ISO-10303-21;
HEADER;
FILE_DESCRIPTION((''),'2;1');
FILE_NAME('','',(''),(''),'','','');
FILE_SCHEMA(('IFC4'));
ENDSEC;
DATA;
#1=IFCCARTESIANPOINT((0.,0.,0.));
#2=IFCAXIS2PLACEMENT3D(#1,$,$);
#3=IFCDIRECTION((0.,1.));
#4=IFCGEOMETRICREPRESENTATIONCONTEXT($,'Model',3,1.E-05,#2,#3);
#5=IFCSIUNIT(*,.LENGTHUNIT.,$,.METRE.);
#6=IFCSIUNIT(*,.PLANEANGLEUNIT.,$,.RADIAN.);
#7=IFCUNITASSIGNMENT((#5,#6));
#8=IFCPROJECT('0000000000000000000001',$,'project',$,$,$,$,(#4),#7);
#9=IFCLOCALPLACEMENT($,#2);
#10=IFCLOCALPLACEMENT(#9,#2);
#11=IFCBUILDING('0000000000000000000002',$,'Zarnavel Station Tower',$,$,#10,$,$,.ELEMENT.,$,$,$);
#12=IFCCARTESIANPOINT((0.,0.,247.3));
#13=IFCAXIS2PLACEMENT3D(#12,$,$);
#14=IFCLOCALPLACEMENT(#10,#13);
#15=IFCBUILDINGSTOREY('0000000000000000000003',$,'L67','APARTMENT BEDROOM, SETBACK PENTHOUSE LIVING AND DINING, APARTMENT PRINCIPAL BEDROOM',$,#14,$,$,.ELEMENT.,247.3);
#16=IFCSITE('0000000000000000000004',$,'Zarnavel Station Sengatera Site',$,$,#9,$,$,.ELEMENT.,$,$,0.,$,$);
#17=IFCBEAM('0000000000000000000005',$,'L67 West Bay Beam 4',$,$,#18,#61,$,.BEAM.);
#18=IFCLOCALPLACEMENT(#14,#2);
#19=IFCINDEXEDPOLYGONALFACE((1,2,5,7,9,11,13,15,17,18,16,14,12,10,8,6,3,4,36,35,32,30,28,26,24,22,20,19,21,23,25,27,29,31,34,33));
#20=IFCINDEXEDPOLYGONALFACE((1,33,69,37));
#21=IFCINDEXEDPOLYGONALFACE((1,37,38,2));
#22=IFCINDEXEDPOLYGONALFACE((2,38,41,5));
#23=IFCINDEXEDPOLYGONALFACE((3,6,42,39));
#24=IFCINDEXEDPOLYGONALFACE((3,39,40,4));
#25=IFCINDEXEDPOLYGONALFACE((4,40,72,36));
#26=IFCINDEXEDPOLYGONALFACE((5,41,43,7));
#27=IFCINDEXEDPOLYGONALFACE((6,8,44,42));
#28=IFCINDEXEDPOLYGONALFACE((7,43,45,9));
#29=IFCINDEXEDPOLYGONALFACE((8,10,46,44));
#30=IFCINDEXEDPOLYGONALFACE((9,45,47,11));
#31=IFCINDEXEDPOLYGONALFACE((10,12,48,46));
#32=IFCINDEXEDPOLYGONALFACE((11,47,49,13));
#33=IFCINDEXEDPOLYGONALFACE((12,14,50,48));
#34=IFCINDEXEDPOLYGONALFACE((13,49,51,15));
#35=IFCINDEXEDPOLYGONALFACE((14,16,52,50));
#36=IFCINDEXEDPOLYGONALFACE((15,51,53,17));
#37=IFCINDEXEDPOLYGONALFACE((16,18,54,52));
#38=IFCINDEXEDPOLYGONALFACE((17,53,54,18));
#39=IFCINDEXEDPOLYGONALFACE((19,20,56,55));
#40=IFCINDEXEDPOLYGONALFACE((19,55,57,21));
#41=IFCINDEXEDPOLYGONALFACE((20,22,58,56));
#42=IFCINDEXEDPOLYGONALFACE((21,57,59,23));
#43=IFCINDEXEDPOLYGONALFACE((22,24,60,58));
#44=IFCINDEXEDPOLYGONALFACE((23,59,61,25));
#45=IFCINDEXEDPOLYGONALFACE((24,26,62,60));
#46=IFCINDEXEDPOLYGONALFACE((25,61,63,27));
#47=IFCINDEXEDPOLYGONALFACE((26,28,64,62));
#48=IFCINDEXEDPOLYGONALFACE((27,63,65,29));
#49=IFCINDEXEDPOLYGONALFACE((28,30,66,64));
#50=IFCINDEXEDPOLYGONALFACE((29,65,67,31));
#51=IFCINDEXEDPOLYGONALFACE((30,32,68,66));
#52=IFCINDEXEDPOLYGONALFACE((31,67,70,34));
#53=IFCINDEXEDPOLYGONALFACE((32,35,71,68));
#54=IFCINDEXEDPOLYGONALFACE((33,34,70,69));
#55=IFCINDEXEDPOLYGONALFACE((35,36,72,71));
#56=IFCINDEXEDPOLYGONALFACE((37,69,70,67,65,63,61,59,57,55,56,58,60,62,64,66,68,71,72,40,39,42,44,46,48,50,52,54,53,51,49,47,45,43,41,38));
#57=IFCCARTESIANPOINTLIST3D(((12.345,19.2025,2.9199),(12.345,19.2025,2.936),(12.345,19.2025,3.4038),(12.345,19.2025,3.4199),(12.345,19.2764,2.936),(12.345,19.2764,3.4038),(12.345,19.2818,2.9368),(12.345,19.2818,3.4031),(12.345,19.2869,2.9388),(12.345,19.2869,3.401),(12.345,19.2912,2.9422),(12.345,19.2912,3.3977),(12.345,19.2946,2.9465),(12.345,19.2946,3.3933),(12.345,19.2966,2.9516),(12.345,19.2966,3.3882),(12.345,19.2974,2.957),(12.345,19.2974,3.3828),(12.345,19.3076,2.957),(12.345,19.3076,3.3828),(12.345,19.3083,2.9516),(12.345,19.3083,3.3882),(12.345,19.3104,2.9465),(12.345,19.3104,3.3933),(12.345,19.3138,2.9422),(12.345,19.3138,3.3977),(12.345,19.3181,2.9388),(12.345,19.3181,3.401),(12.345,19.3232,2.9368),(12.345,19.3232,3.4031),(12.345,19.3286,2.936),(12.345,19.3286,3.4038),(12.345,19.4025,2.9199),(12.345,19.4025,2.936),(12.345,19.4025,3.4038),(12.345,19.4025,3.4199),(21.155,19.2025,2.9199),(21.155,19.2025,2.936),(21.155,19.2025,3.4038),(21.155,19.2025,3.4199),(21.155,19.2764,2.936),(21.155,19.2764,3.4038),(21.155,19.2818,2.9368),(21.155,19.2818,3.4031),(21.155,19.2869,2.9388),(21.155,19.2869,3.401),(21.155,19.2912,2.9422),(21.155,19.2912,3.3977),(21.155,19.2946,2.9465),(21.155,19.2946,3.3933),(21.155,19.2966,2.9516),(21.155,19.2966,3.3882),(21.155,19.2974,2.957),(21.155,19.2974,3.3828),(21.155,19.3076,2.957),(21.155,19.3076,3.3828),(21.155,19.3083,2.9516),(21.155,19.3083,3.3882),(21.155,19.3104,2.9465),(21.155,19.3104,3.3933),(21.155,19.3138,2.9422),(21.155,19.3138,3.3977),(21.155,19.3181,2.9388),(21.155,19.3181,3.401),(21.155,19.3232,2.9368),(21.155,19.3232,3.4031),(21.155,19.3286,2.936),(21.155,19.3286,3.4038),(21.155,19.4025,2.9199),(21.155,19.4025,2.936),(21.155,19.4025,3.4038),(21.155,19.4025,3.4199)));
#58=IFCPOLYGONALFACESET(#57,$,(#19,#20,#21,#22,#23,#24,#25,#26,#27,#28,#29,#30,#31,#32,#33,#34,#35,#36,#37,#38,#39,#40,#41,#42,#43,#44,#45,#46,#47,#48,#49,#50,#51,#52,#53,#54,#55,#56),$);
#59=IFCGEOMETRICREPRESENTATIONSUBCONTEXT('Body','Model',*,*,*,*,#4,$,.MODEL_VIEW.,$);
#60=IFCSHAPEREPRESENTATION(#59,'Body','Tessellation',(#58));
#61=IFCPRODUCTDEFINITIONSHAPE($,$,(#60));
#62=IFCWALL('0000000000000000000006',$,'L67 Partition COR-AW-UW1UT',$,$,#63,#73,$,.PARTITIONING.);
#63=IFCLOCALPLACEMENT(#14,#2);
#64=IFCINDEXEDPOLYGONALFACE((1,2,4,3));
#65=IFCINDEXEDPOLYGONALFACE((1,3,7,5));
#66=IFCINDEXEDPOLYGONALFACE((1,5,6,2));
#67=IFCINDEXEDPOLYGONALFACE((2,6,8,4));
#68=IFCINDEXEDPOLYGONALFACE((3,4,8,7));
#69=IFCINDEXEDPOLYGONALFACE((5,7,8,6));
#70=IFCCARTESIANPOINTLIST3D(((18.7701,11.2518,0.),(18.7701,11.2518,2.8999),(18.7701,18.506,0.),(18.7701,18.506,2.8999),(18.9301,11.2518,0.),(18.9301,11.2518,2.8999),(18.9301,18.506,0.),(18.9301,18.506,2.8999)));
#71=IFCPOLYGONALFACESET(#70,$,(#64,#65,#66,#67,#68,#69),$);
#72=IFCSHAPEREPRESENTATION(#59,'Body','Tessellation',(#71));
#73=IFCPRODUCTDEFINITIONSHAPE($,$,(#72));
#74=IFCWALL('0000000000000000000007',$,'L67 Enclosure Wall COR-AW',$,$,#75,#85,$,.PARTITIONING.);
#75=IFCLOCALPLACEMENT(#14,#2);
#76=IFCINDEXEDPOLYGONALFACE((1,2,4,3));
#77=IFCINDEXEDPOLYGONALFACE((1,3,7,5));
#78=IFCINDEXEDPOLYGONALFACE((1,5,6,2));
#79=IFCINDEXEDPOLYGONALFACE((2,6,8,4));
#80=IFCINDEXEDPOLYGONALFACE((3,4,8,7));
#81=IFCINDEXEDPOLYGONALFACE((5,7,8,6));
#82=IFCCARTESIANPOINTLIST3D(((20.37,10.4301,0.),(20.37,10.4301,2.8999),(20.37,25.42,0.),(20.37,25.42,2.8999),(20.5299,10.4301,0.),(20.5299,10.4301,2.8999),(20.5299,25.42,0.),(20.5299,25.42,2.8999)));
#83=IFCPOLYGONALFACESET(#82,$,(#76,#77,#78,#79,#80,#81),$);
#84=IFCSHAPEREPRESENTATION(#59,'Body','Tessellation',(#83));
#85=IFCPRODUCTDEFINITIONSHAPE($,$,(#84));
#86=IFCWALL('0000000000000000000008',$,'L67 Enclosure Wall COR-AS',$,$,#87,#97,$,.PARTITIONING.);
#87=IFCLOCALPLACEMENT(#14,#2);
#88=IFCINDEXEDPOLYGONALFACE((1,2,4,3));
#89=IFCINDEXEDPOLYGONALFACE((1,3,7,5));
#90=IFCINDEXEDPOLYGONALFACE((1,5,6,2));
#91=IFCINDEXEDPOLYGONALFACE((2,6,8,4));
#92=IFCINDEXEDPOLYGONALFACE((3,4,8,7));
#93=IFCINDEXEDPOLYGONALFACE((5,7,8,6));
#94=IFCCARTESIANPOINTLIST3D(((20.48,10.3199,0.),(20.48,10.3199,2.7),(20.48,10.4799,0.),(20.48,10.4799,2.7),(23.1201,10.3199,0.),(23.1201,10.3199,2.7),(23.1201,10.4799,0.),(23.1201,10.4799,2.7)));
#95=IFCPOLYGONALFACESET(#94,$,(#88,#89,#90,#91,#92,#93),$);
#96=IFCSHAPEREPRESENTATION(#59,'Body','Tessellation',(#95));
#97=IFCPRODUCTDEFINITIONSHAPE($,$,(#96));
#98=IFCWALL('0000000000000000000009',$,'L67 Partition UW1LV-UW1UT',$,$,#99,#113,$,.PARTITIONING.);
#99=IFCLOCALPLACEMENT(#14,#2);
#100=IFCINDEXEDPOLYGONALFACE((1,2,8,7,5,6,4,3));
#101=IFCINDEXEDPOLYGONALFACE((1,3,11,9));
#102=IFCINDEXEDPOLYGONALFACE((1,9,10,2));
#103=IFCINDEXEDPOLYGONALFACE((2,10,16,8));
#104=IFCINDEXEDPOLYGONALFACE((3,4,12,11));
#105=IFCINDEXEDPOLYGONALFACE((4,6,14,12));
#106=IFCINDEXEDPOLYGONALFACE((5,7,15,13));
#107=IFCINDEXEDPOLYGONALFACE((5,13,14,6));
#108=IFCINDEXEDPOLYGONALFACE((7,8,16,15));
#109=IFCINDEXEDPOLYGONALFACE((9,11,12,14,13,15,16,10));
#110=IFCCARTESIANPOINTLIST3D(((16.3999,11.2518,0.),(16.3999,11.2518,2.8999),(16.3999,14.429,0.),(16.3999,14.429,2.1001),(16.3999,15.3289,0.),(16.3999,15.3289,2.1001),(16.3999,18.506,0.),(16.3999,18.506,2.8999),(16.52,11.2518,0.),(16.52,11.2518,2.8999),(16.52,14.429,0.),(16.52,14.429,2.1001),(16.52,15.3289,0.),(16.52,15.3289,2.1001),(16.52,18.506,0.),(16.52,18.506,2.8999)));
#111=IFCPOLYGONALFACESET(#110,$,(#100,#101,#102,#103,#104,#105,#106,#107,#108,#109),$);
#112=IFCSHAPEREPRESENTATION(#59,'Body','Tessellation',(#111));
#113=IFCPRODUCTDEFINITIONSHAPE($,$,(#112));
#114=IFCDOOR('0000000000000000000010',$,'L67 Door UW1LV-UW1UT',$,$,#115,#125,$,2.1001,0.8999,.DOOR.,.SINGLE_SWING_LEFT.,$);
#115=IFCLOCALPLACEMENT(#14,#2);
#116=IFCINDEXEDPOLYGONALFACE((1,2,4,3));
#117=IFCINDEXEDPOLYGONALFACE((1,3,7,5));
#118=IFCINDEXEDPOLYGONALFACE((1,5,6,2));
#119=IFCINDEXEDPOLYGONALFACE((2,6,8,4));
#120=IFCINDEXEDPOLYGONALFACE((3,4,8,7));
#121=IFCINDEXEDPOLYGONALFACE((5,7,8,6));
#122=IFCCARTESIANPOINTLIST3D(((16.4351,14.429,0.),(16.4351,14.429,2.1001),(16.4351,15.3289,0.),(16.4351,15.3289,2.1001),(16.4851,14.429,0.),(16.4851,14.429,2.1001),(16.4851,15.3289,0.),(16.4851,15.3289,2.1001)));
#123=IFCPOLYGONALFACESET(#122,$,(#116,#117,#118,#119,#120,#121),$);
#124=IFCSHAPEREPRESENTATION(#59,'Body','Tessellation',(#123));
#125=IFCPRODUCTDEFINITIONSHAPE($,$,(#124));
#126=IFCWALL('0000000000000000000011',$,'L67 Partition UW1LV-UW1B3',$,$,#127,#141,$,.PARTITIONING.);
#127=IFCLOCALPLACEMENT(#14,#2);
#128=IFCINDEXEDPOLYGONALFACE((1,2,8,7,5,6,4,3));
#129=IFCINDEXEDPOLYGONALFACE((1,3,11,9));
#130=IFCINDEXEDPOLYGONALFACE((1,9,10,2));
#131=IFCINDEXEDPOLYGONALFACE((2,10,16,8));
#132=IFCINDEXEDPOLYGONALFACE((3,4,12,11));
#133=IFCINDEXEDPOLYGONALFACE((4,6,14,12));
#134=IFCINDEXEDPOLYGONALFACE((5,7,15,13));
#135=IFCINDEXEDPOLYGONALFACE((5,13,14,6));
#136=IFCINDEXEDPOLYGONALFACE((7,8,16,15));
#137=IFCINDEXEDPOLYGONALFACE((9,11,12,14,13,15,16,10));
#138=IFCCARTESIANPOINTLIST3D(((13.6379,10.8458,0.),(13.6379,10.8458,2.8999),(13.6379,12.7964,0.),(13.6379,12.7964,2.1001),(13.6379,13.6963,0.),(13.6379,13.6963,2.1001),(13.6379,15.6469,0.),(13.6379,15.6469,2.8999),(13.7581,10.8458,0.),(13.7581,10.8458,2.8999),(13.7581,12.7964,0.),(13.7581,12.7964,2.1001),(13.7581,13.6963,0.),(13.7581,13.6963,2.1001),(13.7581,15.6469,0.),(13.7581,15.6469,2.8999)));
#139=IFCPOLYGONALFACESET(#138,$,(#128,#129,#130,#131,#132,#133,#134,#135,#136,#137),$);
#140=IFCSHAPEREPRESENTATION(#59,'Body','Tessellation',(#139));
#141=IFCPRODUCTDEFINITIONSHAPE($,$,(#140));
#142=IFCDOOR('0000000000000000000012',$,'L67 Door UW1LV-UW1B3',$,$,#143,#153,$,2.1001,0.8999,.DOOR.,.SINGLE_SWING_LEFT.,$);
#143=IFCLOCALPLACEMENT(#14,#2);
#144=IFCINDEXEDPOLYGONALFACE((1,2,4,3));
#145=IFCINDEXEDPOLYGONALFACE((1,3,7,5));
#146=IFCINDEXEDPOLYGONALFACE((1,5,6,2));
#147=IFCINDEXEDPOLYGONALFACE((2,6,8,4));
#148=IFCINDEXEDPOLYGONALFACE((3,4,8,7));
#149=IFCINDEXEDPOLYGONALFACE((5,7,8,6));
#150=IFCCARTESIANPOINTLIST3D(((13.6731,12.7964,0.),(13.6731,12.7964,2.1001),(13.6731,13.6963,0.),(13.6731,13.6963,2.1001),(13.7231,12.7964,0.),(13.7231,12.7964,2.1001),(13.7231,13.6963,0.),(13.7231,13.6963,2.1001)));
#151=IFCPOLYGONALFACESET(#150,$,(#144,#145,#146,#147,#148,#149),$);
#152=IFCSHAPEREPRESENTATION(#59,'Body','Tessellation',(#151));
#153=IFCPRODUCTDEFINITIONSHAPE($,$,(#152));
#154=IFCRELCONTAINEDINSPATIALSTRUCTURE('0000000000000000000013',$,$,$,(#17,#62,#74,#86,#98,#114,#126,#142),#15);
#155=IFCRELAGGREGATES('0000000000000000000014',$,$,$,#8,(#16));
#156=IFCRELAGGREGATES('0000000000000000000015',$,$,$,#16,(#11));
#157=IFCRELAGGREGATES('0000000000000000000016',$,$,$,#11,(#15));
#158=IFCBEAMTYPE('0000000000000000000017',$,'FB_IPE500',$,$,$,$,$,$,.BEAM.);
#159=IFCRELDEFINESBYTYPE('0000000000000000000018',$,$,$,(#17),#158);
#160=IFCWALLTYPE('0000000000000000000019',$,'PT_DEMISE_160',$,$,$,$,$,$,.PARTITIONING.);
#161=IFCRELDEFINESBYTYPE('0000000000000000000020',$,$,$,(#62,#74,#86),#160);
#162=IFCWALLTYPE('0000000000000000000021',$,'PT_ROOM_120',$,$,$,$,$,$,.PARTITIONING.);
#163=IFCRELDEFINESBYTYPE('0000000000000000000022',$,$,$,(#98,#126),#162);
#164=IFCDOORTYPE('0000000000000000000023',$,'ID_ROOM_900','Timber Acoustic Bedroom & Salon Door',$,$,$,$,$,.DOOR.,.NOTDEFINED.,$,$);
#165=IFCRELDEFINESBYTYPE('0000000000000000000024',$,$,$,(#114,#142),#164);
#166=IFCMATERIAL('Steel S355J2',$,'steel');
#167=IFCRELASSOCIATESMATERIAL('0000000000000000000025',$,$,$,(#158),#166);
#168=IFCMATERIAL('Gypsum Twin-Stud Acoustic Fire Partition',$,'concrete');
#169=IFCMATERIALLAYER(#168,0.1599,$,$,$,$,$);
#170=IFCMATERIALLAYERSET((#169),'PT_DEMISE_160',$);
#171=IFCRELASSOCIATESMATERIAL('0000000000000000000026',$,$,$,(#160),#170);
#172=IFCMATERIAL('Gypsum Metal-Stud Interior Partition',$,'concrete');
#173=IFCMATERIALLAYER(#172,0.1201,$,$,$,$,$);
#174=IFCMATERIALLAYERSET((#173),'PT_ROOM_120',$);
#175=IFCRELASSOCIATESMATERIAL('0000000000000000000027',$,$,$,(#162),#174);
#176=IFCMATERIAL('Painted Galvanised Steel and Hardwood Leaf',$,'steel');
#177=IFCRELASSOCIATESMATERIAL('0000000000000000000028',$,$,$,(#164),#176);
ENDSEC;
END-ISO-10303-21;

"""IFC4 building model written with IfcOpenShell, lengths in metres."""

from ifc_helpers import new_model, si_unit, direction, frame, frame_2d, origin, origin_2d, place, context, subcontext, project, spatial, rectangle, i_section, extrude, material, layer, layer_set, material_profile, profile_set, type_object, element, fill, save


model = new_model("IFC4")

# Units and contexts
model_context = context("Model", 3, precision=1e-05, world=origin(), true_north=direction((0.0, 1.0)))
body_context = subcontext(model_context, "Body", "Model", "MODEL_VIEW")
ifc_project = project(units=[si_unit("LENGTHUNIT", "METRE"), si_unit("PLANEANGLEUNIT", "RADIAN")], contexts=[model_context])

# Site, building, storey
site_placement = place(None, origin())
site = spatial("IfcSite", under=ifc_project, at=site_placement, Name="Zarnavel Station Sengatera Site", CompositionType="ELEMENT", RefElevation=0.0)
building_placement = place(site_placement, origin())
building = spatial("IfcBuilding", under=site, at=building_placement, Name="Zarnavel Station Tower", CompositionType="ELEMENT")
storey_placement = place(building_placement, frame((0.0, 0.0, 247.3)))
storey = spatial("IfcBuildingStorey", under=building, at=storey_placement, Name="L67", Description="APARTMENT BEDROOM, SETBACK PENTHOUSE LIVING AND DINING, APARTMENT PRINCIPAL BEDROOM", CompositionType="ELEMENT", Elevation=247.3)

# Beam
ifc_material_1 = material(Name="Steel S355J2", Category="steel")
ifc_material_profile_1 = material_profile(ifc_material_1, i_section(OverallWidth=0.2, OverallDepth=0.5, WebThickness=0.0103, FlangeThickness=0.0161, FilletRadius=0.021, at=origin_2d()), Name="IPE500")
ifc_profile_set_1 = profile_set([ifc_material_profile_1], Name="Steel S355J2")
beam_type_1 = type_object("IfcBeamType", Name="FB_IPE500", PredefinedType="BEAM", material=ifc_profile_set_1)
for number, where, z_axis, x_axis, name in (
    (1, (12.345, 19.3025, 3.1699), (1.0, 0.0, 0.0), (0.0, 1.0, 0.0), "L67 West Bay Beam 4"),
):
    element("IfcBeam", number, at=place(storey_placement, frame(where, z_axis=z_axis, x_axis=x_axis)), inside=storey, type_object=beam_type_1, Name=name, PredefinedType="BEAM", context=body_context, shape_type="SweptSolid", body=[
        extrude(i_section(OverallWidth=0.2, OverallDepth=0.5, WebThickness=0.0103, FlangeThickness=0.0161, FilletRadius=0.021, at=origin_2d()), origin(), (0.0, 0.0, 1.0), 8.8101),
    ])

# Walls
ifc_material_2 = material(Name="Gypsum Twin-Stud Acoustic Fire Partition", Category="concrete")
ifc_layer_1 = layer(ifc_material_2, 0.1599)
ifc_layer_set_1 = layer_set([ifc_layer_1], Name="PT_DEMISE_160")
wall_type_1 = type_object("IfcWallType", Name="PT_DEMISE_160", PredefinedType="PARTITIONING", material=ifc_layer_set_1)
wall_1_placement = place(storey_placement, frame((18.8501, 11.252, 0.0), z_axis=(0.0, 0.0, 1.0), x_axis=(0.0, 1.0, 0.0)))
element("IfcWall", 2, at=wall_1_placement, inside=storey, type_object=wall_type_1, Name="L67 Partition COR-AW-UW1UT", PredefinedType="PARTITIONING", context=body_context, shape_type="SweptSolid", body=[
    extrude(rectangle(XDim=7.2542, YDim=0.1599, at=frame_2d((3.627, 0.0))), origin(), (0.0, 0.0, 1.0), 2.8999),
])
wall_2_placement = place(storey_placement, frame((20.45, 10.4299, 0.0), z_axis=(0.0, 0.0, 1.0), x_axis=(0.0, 1.0, 0.0)))
element("IfcWall", 3, at=wall_2_placement, inside=storey, type_object=wall_type_1, Name="L67 Enclosure Wall COR-AW", PredefinedType="PARTITIONING", context=body_context, shape_type="SweptSolid", body=[
    extrude(rectangle(XDim=14.99, YDim=0.1599, at=frame_2d((7.4951, 0.0))), origin(), (0.0, 0.0, 1.0), 2.8999),
])
wall_3_placement = place(storey_placement, frame((20.48, 10.3999, 0.0), z_axis=(0.0, 0.0, 1.0), x_axis=(1.0, 0.0, 0.0)))
element("IfcWall", 4, at=wall_3_placement, inside=storey, type_object=wall_type_1, Name="L67 Enclosure Wall COR-AS", PredefinedType="PARTITIONING", context=body_context, shape_type="SweptSolid", body=[
    extrude(rectangle(XDim=2.6401, YDim=0.1599, at=frame_2d((1.3201, 0.0))), origin(), (0.0, 0.0, 1.0), 2.7),
])

# Walls, openings, doors
ifc_material_3 = material(Name="Gypsum Metal-Stud Interior Partition", Category="concrete")
ifc_layer_2 = layer(ifc_material_3, 0.1201)
ifc_layer_set_2 = layer_set([ifc_layer_2], Name="PT_ROOM_120")
wall_type_2 = type_object("IfcWallType", Name="PT_ROOM_120", PredefinedType="PARTITIONING", material=ifc_layer_set_2)
wall_4_placement = place(storey_placement, frame((16.46, 11.252, 0.0), z_axis=(0.0, 0.0, 1.0), x_axis=(0.0, 1.0, 0.0)))
wall_4 = element("IfcWall", 5, at=wall_4_placement, inside=storey, type_object=wall_type_2, Name="L67 Partition UW1LV-UW1UT", PredefinedType="PARTITIONING", context=body_context, shape_type="SweptSolid", body=[
    extrude(rectangle(XDim=7.2542, YDim=0.1201, at=frame_2d((3.627, 0.0))), origin(), (0.0, 0.0, 1.0), 2.8999),
])
opening_1_placement = place(wall_4_placement, frame((3.177, 0.0, 0.0)))
opening_1 = element("IfcOpeningElement", 6, at=opening_1_placement, cuts=wall_4, PredefinedType="OPENING", context=body_context, shape_type="SweptSolid", body=[
    extrude(rectangle(XDim=0.8999, YDim=2.1001, at=frame_2d((0.45, 1.05))), frame((0.0, 0.0701, 0.0), z_axis=(0.0, -1.0, 0.0), x_axis=(1.0, 0.0, 0.0)), (0.0, 0.0, 1.0), 0.1401),
])
ifc_material_4 = material(Name="Painted Galvanised Steel and Hardwood Leaf", Category="steel")
door_type_1 = type_object("IfcDoorType", Name="ID_ROOM_900", Description="Timber Acoustic Bedroom & Salon Door", OperationType="NOTDEFINED", PredefinedType="DOOR", material=ifc_material_4)
door_1_placement = place(opening_1_placement, origin())
door_1 = element("IfcDoor", 7, at=door_1_placement, inside=storey, type_object=door_type_1, Name="L67 Door UW1LV-UW1UT", OperationType="SINGLE_SWING_LEFT", OverallHeight=2.1001, OverallWidth=0.8999, PredefinedType="DOOR", context=body_context, shape_type="SweptSolid", body=[
    extrude(rectangle(XDim=0.8999, YDim=2.1001, at=frame_2d((0.45, 1.05))), frame((0.0, 0.0249, 0.0), z_axis=(0.0, -1.0, 0.0), x_axis=(1.0, 0.0, 0.0)), (0.0, 0.0, 1.0), 0.05),
])
fill(opening_1, door_1)
wall_5_placement = place(storey_placement, frame((13.698, 10.8459, 0.0), z_axis=(0.0, 0.0, 1.0), x_axis=(0.0, 1.0, 0.0)))
wall_5 = element("IfcWall", 8, at=wall_5_placement, inside=storey, type_object=wall_type_2, Name="L67 Partition UW1LV-UW1B3", PredefinedType="PARTITIONING", context=body_context, shape_type="SweptSolid", body=[
    extrude(rectangle(XDim=4.801, YDim=0.1201, at=frame_2d((2.4004, 0.0))), origin(), (0.0, 0.0, 1.0), 2.8999),
])
opening_2_placement = place(wall_5_placement, frame((1.9504, 0.0, 0.0)))
opening_2 = element("IfcOpeningElement", 9, at=opening_2_placement, cuts=wall_5, PredefinedType="OPENING", context=body_context, shape_type="SweptSolid", body=[
    extrude(rectangle(XDim=0.8999, YDim=2.1001, at=frame_2d((0.45, 1.05))), frame((0.0, 0.0701, 0.0), z_axis=(0.0, -1.0, 0.0), x_axis=(1.0, 0.0, 0.0)), (0.0, 0.0, 1.0), 0.1401),
])
door_2_placement = place(opening_2_placement, origin())
door_2 = element("IfcDoor", 10, at=door_2_placement, inside=storey, type_object=door_type_1, Name="L67 Door UW1LV-UW1B3", OperationType="SINGLE_SWING_LEFT", OverallHeight=2.1001, OverallWidth=0.8999, PredefinedType="DOOR", context=body_context, shape_type="SweptSolid", body=[
    extrude(rectangle(XDim=0.8999, YDim=2.1001, at=frame_2d((0.45, 1.05))), frame((0.0, 0.0249, 0.0), z_axis=(0.0, -1.0, 0.0), x_axis=(1.0, 0.0, 0.0)), (0.0, 0.0, 1.0), 0.05),
])
fill(opening_2, door_2)

save(model, "model.ifc")
